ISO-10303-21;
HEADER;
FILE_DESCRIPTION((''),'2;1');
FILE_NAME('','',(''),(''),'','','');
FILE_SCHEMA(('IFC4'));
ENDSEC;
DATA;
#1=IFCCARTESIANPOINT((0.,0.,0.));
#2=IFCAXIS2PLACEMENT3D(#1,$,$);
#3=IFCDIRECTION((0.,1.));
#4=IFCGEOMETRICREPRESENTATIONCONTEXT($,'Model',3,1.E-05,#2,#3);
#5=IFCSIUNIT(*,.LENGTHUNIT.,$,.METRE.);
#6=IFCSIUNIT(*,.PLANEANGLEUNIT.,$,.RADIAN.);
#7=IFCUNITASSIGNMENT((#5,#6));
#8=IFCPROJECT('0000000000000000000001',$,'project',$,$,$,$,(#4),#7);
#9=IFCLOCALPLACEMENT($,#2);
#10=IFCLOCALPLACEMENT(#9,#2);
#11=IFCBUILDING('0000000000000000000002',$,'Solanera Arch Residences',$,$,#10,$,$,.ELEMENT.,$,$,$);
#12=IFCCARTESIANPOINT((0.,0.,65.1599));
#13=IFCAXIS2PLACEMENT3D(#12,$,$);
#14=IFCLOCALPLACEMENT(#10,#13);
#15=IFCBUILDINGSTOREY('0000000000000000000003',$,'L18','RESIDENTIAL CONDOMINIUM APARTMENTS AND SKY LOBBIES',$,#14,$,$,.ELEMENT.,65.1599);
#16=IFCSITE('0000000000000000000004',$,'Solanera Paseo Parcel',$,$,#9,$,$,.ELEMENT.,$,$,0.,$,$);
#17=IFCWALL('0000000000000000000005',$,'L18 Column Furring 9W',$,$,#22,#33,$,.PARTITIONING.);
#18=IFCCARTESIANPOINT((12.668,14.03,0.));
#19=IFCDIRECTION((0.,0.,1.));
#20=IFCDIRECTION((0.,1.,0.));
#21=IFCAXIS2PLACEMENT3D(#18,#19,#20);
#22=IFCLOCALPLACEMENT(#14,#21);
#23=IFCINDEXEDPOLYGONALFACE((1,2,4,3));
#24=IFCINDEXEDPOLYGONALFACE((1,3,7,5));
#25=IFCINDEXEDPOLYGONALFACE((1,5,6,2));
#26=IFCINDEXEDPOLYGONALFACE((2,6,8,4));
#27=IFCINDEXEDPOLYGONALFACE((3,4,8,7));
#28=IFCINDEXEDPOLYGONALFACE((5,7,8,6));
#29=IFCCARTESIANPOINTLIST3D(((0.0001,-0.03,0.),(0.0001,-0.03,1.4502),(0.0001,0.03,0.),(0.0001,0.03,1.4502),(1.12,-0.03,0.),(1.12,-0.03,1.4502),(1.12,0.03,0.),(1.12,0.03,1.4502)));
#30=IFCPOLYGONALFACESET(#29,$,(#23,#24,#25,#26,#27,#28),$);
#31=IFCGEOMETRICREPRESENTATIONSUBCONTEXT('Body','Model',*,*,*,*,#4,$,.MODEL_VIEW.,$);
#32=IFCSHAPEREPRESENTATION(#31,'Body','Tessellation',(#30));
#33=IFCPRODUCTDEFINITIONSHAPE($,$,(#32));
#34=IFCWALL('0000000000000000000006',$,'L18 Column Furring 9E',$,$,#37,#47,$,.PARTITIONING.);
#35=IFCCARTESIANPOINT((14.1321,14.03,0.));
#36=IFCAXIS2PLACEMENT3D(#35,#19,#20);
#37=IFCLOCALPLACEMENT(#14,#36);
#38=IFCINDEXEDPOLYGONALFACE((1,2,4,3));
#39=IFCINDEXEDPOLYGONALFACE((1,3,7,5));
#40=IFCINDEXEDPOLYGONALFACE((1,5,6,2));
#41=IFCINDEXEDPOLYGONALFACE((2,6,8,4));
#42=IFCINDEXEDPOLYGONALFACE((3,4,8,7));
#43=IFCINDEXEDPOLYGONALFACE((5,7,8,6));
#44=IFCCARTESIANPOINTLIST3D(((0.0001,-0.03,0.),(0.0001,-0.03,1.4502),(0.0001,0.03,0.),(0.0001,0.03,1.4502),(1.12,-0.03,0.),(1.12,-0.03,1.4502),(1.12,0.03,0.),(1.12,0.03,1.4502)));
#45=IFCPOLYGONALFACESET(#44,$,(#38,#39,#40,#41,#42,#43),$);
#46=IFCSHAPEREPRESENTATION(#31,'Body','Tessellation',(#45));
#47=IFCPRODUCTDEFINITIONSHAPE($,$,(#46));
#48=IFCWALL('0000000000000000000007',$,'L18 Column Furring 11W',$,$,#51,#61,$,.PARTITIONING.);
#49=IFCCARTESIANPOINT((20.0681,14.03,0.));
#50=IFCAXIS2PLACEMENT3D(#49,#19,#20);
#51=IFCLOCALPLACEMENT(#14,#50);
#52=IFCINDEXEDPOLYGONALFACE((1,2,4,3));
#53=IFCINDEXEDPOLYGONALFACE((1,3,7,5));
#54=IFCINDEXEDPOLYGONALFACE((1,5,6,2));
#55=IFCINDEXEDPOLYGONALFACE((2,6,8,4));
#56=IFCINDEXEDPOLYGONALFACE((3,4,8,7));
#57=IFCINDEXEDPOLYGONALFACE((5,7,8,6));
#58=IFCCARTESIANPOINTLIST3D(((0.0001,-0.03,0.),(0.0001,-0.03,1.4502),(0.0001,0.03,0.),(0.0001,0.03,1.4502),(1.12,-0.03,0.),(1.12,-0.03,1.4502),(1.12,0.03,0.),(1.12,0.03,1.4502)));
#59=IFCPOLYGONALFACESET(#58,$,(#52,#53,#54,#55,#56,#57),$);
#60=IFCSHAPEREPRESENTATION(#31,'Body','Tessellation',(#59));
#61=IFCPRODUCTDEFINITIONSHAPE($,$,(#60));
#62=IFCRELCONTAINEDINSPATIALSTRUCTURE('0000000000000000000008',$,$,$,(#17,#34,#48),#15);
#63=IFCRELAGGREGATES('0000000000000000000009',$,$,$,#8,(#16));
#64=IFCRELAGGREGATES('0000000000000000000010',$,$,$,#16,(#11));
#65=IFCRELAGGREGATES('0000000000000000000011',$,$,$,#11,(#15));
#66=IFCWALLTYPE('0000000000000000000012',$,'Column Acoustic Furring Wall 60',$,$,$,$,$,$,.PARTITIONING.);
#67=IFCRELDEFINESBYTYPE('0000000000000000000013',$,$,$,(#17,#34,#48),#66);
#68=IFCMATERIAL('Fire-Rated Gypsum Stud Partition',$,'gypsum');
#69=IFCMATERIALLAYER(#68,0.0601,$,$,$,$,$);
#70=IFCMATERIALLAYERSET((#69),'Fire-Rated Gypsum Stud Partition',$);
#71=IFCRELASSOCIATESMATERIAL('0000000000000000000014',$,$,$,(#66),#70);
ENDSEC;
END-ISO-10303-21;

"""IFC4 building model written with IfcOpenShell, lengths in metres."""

from ifc_helpers import new_model, si_unit, direction, frame, frame_2d, origin, place, context, subcontext, project, spatial, rectangle, extrude, material, layer, layer_set, type_object, element, save


model = new_model("IFC4")

# Units and contexts
model_context = context("Model", 3, precision=1e-05, world=origin(), true_north=direction((0.0, 1.0)))
body_context = subcontext(model_context, "Body", "Model", "MODEL_VIEW")
ifc_project = project(units=[si_unit("LENGTHUNIT", "METRE"), si_unit("PLANEANGLEUNIT", "RADIAN")], contexts=[model_context])

# Site, building, storey
site_placement = place(None, origin())
site = spatial("IfcSite", under=ifc_project, at=site_placement, Name="Solanera Paseo Parcel", CompositionType="ELEMENT", RefElevation=0.0)
building_placement = place(site_placement, origin())
building = spatial("IfcBuilding", under=site, at=building_placement, Name="Solanera Arch Residences", CompositionType="ELEMENT")
storey_placement = place(building_placement, frame((0.0, 0.0, 65.1599)))
storey = spatial("IfcBuildingStorey", under=building, at=storey_placement, Name="L18", Description="RESIDENTIAL CONDOMINIUM APARTMENTS AND SKY LOBBIES", CompositionType="ELEMENT", Elevation=65.1599)

# Walls
ifc_material_1 = material(Name="Fire-Rated Gypsum Stud Partition", Category="gypsum")
ifc_layer_1 = layer(ifc_material_1, 0.0601)
ifc_layer_set_1 = layer_set([ifc_layer_1], Name="Fire-Rated Gypsum Stud Partition")
wall_type_1 = type_object("IfcWallType", Name="Column Acoustic Furring Wall 60", PredefinedType="PARTITIONING", material=ifc_layer_set_1)
for number, where, z_axis, x_axis, name in (
    (1, (12.668, 14.03, 0.0), (0.0, 0.0, 1.0), (0.0, 1.0, 0.0), "L18 Column Furring 9W"),
    (2, (14.1321, 14.03, 0.0), (0.0, 0.0, 1.0), (0.0, 1.0, 0.0), "L18 Column Furring 9E"),
):
    element("IfcWall", number, at=place(storey_placement, frame(where, z_axis=z_axis, x_axis=x_axis)), inside=storey, type_object=wall_type_1, Name=name, PredefinedType="PARTITIONING", context=body_context, shape_type="SweptSolid", body=[
        extrude(rectangle(XDim=1.1199, YDim=0.0601, at=frame_2d((0.5601, 0.0))), origin(), (0.0, 0.0, 1.0), 1.4502),
    ])
wall_1_placement = place(storey_placement, frame((20.0681, 14.03, 0.0), z_axis=(0.0, 0.0, 1.0), x_axis=(0.0, 1.0, 0.0)))
element("IfcWall", 3, at=wall_1_placement, inside=storey, type_object=wall_type_1, Name="L18 Column Furring 11W", PredefinedType="PARTITIONING", context=body_context, shape_type="SweptSolid", body=[
    extrude(rectangle(XDim=1.1199, YDim=0.0601, at=frame_2d((0.5601, 0.0))), origin(), (0.0, 0.0, 1.0), 1.4502),
])

save(model, "model.ifc")
